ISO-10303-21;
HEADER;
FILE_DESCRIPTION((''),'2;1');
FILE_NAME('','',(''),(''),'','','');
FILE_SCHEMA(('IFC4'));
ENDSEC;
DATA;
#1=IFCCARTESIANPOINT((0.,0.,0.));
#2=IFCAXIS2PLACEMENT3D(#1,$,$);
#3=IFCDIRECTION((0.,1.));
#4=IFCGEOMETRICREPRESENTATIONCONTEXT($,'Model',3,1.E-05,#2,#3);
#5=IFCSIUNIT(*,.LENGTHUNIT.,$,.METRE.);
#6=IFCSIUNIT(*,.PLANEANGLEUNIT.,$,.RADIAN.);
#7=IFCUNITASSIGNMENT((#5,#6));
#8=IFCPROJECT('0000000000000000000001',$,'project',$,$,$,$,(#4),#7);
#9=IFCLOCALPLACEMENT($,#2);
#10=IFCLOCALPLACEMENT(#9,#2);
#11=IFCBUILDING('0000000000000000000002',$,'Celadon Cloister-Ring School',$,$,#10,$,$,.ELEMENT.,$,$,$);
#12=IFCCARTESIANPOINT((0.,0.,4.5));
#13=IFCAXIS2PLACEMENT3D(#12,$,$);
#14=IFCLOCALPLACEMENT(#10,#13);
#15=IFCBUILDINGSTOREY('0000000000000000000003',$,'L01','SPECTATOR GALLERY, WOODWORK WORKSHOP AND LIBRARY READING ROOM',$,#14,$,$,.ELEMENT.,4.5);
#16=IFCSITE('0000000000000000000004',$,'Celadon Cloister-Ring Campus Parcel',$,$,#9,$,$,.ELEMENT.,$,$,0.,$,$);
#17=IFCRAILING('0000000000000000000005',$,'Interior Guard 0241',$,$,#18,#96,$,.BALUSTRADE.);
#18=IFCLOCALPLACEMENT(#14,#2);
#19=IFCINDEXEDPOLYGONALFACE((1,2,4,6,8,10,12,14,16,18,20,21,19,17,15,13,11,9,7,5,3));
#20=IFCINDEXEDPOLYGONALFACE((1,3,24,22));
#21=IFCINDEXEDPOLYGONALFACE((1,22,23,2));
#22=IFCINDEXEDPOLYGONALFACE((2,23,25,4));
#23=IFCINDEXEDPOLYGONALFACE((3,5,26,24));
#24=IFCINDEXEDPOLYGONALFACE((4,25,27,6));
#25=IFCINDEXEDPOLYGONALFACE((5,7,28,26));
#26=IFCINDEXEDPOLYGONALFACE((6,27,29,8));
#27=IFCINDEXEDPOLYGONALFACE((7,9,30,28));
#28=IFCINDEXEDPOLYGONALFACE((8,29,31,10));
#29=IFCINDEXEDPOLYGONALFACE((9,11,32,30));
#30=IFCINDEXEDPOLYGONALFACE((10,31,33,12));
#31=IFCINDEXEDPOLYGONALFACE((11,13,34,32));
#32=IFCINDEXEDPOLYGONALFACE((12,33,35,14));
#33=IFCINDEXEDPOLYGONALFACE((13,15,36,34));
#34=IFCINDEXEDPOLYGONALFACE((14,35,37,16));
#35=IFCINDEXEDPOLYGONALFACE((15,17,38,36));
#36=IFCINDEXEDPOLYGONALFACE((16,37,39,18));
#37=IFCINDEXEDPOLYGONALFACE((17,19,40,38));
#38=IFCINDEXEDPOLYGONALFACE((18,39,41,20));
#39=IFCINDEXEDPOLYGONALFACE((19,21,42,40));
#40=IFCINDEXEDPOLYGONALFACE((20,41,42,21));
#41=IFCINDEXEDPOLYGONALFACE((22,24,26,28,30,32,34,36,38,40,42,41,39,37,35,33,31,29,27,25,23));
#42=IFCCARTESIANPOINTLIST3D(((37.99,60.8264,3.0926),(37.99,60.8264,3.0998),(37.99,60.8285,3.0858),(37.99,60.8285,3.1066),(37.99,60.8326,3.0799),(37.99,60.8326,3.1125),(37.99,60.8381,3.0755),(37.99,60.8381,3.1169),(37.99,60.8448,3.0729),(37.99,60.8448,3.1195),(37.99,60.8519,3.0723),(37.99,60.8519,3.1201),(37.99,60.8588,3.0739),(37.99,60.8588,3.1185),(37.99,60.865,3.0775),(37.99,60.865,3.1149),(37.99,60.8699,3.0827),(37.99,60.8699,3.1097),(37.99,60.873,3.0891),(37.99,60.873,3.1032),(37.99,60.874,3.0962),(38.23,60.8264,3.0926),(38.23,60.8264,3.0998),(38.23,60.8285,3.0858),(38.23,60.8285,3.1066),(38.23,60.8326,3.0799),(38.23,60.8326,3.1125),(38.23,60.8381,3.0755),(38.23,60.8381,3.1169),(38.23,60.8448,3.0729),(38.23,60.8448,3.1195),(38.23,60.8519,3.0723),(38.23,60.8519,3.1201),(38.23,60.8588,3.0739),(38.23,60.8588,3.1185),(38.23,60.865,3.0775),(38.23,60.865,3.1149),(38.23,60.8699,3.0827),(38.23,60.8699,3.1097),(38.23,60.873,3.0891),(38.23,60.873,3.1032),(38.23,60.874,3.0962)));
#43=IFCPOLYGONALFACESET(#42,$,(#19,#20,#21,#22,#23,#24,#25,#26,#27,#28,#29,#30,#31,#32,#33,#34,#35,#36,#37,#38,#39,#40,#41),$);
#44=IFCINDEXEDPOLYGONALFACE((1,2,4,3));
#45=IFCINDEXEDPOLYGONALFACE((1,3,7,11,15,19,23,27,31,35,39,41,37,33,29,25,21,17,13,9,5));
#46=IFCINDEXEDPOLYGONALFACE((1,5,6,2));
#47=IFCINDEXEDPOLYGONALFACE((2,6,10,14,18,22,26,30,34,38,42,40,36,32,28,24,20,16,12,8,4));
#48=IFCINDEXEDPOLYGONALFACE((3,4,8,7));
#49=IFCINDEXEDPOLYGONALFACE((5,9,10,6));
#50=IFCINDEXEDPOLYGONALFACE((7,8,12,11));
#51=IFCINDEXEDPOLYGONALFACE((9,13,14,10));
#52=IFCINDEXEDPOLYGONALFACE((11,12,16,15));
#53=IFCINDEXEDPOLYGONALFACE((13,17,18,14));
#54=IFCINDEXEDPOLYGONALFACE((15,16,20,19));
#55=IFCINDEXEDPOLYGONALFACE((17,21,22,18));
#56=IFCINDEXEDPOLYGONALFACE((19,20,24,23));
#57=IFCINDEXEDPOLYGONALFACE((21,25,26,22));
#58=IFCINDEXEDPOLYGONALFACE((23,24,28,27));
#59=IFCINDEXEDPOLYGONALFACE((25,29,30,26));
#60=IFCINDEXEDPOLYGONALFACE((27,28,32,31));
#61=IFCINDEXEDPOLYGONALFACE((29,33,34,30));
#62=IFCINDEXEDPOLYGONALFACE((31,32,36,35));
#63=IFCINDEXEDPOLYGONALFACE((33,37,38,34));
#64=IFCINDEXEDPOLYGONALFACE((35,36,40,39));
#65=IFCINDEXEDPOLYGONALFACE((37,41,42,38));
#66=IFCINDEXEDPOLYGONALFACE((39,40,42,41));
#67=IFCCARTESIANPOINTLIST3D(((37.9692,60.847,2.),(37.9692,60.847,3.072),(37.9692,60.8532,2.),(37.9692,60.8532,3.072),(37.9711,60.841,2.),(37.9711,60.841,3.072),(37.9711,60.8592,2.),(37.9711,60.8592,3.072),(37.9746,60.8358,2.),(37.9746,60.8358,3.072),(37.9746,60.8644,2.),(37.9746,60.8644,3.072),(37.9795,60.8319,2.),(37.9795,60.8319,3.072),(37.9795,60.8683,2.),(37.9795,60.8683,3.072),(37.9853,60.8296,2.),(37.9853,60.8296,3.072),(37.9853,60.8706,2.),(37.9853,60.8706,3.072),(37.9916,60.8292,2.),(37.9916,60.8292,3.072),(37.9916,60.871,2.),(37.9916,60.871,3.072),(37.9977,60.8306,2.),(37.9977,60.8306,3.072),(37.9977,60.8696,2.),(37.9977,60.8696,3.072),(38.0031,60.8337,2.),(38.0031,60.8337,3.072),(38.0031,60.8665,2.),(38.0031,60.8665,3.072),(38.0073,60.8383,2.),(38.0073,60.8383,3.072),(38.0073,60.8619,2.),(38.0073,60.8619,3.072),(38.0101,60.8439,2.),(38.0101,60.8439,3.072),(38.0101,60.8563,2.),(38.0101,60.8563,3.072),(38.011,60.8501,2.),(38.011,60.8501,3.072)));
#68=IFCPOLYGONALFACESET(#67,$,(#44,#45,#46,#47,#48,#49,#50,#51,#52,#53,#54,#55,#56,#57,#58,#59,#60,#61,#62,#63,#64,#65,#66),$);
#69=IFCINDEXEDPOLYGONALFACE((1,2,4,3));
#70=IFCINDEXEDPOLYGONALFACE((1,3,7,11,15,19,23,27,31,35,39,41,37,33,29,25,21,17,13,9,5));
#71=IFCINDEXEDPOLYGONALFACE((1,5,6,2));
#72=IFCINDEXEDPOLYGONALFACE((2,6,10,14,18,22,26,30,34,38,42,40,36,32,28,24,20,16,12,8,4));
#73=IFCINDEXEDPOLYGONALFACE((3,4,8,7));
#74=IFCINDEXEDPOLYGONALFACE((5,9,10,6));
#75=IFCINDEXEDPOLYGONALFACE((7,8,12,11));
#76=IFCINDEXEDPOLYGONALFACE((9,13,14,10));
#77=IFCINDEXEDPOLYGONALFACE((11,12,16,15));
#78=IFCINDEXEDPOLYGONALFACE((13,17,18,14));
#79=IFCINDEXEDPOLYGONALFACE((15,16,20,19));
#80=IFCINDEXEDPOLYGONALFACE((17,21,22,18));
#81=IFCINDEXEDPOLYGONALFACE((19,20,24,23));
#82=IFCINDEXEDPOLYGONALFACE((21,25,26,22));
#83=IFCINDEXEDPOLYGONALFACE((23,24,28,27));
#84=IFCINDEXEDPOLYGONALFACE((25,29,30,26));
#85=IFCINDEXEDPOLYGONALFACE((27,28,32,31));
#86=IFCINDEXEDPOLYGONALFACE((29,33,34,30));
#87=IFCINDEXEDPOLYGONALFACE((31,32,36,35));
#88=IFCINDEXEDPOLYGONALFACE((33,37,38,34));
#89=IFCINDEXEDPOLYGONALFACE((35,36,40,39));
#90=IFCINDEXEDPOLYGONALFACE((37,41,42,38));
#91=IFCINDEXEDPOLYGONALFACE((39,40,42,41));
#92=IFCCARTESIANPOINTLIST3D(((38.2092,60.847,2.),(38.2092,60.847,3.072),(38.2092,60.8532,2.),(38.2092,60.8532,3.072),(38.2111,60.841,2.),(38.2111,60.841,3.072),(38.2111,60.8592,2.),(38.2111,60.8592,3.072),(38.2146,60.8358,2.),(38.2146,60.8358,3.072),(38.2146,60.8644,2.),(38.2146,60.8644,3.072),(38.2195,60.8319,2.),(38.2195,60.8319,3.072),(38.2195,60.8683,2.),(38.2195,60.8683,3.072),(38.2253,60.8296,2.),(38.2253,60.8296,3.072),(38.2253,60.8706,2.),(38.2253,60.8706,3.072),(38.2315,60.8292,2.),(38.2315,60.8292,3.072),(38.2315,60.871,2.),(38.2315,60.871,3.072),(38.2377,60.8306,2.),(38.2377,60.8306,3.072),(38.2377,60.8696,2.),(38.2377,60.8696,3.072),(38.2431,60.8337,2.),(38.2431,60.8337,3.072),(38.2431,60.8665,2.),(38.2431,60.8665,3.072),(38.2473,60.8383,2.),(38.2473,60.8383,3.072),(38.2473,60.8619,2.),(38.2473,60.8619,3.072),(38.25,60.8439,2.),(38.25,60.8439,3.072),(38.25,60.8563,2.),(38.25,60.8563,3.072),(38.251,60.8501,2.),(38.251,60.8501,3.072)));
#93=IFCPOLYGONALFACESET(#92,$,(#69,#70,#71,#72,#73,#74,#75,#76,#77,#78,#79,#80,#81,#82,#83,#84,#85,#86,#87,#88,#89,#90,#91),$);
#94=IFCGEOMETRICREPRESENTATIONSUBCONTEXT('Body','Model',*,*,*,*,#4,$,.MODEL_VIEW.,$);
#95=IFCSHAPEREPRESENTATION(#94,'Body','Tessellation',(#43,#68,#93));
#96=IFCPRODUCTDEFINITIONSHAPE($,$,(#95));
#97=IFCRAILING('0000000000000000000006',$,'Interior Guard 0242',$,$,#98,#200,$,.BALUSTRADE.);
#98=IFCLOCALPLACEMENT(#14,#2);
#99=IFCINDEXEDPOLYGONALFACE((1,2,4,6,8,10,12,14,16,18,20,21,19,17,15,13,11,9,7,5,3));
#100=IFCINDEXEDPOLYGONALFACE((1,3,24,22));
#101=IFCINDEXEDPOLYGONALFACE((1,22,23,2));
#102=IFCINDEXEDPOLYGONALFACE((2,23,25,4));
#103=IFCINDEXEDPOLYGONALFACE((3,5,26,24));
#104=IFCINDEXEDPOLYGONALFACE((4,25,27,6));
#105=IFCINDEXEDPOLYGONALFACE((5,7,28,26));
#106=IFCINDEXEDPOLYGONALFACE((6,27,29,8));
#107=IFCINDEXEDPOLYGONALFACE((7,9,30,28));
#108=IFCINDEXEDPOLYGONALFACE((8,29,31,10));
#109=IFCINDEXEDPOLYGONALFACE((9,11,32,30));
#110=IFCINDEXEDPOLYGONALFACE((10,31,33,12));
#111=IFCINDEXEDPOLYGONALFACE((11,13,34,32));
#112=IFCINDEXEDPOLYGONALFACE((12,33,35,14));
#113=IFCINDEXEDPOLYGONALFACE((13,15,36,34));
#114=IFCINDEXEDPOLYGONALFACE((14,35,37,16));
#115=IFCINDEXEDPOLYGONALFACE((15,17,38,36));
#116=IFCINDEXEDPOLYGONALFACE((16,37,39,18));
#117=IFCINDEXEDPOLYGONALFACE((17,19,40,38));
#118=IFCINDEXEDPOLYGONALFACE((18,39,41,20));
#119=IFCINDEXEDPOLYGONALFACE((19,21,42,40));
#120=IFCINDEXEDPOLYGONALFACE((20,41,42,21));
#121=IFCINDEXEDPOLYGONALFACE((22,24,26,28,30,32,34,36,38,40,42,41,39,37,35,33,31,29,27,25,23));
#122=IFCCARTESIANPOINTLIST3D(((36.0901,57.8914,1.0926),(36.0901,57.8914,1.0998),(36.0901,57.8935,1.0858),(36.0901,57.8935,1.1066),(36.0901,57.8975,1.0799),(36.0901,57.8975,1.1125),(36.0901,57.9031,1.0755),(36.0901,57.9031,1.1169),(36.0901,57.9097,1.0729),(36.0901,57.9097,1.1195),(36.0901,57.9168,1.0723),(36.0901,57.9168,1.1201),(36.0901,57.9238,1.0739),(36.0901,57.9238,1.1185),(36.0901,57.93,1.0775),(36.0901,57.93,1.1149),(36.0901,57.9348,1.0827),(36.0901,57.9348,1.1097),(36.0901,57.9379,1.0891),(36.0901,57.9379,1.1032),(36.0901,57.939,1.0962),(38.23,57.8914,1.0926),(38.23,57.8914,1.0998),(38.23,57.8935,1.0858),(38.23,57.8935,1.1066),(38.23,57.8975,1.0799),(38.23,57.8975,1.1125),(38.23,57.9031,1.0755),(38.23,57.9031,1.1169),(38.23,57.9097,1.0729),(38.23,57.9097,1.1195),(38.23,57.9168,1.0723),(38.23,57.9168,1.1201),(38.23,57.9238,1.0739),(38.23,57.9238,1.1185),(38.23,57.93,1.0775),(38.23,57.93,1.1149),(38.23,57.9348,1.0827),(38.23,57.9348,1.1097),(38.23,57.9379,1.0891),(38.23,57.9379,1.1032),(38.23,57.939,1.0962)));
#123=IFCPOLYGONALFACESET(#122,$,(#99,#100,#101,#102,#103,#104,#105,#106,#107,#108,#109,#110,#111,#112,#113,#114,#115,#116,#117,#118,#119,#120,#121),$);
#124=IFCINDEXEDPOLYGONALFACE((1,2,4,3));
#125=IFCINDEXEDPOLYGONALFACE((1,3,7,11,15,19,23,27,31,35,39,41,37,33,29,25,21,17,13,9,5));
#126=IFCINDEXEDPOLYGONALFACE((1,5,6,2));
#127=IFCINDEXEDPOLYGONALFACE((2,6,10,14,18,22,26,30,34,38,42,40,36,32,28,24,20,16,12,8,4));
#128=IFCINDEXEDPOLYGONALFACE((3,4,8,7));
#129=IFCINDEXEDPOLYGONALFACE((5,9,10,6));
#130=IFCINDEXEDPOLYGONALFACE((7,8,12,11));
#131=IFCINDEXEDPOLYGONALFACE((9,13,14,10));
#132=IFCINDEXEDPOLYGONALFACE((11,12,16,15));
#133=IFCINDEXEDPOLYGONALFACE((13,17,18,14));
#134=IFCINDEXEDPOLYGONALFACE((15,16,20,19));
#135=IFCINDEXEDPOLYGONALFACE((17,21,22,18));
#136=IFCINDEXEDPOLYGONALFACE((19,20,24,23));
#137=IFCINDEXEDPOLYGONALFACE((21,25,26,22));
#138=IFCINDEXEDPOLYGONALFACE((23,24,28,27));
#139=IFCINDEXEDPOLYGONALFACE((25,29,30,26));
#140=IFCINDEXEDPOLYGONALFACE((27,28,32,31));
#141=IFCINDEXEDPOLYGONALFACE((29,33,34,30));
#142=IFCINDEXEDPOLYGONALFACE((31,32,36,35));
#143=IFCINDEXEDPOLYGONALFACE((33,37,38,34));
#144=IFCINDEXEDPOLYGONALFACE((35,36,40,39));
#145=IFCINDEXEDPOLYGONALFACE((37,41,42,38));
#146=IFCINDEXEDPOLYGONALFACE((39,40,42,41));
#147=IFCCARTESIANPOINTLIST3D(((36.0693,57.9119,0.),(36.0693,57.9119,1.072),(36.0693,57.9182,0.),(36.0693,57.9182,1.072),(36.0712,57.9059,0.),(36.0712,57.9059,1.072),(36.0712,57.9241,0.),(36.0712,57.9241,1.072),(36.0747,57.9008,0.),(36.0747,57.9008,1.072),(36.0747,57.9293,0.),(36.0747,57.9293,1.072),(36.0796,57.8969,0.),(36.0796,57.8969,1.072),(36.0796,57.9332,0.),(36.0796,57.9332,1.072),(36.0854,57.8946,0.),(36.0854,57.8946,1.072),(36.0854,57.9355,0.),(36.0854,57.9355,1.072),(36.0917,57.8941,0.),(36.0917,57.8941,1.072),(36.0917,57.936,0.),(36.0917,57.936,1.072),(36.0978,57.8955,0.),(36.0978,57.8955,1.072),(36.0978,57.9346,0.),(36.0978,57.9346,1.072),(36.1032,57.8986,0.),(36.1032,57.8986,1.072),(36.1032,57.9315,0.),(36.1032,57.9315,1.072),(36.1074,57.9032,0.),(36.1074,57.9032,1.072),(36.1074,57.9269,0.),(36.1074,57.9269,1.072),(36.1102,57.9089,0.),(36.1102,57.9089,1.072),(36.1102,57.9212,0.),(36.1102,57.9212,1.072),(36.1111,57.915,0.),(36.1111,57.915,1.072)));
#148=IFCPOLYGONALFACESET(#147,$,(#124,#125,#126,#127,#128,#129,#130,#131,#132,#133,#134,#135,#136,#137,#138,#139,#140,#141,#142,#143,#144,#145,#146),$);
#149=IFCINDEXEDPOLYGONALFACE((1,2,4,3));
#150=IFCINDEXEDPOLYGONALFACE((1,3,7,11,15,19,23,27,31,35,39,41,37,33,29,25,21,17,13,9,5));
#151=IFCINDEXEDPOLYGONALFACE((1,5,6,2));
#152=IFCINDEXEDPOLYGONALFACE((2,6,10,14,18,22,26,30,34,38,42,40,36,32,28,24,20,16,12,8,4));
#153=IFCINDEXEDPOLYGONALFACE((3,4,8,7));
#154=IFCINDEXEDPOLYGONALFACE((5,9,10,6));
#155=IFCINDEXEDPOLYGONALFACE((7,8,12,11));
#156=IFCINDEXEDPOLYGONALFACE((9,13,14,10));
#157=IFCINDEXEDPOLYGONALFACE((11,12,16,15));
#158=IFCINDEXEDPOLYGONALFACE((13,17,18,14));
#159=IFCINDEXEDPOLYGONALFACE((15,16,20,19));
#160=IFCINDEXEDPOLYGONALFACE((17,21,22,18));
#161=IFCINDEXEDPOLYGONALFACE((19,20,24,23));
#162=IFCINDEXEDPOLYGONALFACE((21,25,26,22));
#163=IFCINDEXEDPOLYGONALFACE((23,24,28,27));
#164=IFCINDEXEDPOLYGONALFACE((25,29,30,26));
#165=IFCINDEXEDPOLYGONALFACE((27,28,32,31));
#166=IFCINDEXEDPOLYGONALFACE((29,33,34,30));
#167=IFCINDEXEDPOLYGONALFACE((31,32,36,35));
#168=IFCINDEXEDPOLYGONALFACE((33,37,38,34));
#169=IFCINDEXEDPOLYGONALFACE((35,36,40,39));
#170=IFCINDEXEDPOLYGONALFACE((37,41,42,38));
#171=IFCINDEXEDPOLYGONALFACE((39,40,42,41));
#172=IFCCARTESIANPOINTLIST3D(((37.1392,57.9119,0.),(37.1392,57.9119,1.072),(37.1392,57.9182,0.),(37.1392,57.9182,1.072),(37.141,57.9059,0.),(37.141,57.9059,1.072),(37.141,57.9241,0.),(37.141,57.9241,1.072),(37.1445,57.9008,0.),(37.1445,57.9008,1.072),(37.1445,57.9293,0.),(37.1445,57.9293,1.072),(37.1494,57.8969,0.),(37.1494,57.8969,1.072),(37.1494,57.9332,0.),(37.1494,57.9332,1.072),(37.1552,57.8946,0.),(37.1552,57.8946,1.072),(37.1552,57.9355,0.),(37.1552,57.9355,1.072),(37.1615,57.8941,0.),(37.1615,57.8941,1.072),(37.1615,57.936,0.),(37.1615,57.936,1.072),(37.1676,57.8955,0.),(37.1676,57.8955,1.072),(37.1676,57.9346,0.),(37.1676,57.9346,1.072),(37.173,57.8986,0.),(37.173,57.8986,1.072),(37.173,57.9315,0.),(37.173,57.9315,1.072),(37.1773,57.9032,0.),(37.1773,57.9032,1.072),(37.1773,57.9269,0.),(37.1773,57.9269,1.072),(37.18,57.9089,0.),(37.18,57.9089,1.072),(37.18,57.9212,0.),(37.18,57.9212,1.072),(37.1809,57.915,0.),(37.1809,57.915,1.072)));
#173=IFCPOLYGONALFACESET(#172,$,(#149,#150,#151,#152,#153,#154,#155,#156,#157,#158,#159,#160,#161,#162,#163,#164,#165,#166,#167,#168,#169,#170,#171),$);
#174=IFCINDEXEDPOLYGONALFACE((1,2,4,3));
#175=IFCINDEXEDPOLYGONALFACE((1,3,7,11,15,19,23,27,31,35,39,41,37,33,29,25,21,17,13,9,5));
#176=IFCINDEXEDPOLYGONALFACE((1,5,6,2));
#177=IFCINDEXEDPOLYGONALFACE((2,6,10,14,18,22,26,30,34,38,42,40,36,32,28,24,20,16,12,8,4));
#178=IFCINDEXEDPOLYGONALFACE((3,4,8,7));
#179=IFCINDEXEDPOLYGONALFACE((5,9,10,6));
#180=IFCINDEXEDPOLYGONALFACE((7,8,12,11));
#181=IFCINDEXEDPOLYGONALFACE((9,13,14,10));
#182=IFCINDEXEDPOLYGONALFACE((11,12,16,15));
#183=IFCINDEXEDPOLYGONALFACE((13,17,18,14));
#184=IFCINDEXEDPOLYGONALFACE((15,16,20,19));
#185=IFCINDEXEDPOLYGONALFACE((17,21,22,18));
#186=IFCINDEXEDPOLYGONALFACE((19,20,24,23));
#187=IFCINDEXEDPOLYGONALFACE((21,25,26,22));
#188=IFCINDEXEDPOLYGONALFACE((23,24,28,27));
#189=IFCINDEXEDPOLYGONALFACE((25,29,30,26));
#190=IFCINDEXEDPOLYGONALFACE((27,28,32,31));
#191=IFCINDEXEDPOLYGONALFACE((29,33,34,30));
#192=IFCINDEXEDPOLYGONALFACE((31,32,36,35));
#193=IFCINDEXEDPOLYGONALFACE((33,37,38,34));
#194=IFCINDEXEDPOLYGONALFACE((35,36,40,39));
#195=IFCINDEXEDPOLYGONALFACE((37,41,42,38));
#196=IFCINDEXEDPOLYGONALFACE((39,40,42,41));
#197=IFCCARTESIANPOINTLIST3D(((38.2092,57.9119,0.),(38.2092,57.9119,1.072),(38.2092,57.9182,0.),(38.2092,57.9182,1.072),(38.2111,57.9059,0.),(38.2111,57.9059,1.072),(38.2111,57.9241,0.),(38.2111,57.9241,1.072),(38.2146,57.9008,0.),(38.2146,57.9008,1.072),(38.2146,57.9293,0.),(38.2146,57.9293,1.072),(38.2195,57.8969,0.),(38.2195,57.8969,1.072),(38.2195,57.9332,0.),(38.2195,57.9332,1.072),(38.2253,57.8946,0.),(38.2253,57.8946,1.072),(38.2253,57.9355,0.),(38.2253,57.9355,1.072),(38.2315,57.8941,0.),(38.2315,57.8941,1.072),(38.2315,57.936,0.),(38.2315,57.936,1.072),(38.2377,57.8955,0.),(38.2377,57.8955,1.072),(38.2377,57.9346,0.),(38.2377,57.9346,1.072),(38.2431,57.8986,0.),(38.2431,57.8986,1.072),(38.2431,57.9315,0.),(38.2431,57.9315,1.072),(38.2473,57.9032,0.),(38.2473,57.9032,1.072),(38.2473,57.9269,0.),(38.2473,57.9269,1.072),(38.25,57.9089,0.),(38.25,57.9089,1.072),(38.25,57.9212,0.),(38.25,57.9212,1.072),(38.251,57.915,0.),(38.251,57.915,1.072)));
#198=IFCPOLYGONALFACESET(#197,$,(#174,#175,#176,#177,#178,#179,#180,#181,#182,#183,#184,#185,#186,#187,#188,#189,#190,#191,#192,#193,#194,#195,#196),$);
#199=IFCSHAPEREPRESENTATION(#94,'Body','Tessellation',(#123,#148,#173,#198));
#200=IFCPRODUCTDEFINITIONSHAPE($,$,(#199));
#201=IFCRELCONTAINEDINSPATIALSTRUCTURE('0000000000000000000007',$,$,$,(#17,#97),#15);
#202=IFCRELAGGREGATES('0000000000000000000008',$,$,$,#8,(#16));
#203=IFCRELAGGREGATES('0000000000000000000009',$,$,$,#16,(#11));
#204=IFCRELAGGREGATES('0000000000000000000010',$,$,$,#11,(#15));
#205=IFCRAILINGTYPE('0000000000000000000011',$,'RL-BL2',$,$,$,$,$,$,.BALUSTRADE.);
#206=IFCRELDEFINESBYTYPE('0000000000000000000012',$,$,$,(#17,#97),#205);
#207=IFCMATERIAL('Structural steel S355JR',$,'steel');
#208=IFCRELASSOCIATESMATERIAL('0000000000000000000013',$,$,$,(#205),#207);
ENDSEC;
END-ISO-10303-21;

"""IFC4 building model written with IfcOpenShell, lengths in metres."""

from ifc_helpers import new_model, si_unit, direction, frame, origin, origin_2d, place, context, subcontext, project, spatial, circle, extrude, material, type_object, element, save


model = new_model("IFC4")

# Units and contexts
model_context = context("Model", 3, precision=1e-05, world=origin(), true_north=direction((0.0, 1.0)))
body_context = subcontext(model_context, "Body", "Model", "MODEL_VIEW")
ifc_project = project(units=[si_unit("LENGTHUNIT", "METRE"), si_unit("PLANEANGLEUNIT", "RADIAN")], contexts=[model_context])

# Site, building, storey
site_placement = place(None, origin())
site = spatial("IfcSite", under=ifc_project, at=site_placement, Name="Celadon Cloister-Ring Campus Parcel", CompositionType="ELEMENT", RefElevation=0.0)
building_placement = place(site_placement, origin())
building = spatial("IfcBuilding", under=site, at=building_placement, Name="Celadon Cloister-Ring School", CompositionType="ELEMENT")
storey_placement = place(building_placement, frame((0.0, 0.0, 4.5)))
storey = spatial("IfcBuildingStorey", under=building, at=storey_placement, Name="L01", Description="SPECTATOR GALLERY, WOODWORK WORKSHOP AND LIBRARY READING ROOM", CompositionType="ELEMENT", Elevation=4.5)

# Railings
ifc_material_1 = material(Name="Structural steel S355JR", Category="steel")
railing_type_1 = type_object("IfcRailingType", Name="RL-BL2", PredefinedType="BALUSTRADE", material=ifc_material_1)
railing_1_placement = place(storey_placement, frame((37.99, 60.8501, 2.0)))
element("IfcRailing", 1, at=railing_1_placement, inside=storey, type_object=railing_type_1, Name="Interior Guard 0241", PredefinedType="BALUSTRADE", context=body_context, shape_type="SweptSolid", body=[
    extrude(circle(Radius=0.0239, at=origin_2d()), frame((0.0, 0.0, 1.0962), z_axis=(1.0, 0.0, 0.0), x_axis=(0.0, 1.0, 0.0)), (0.0, 0.0, 1.0), 0.24),
    extrude(circle(Radius=0.021, at=origin_2d()), origin(), (0.0, 0.0, 1.0), 1.072),
    extrude(circle(Radius=0.021, at=origin_2d()), frame((0.24, 0.0, 0.0)), (0.0, 0.0, 1.0), 1.072),
])
railing_2_placement = place(storey_placement, frame((36.0901, 57.915, 0.0)))
element("IfcRailing", 2, at=railing_2_placement, inside=storey, type_object=railing_type_1, Name="Interior Guard 0242", PredefinedType="BALUSTRADE", context=body_context, shape_type="SweptSolid", body=[
    extrude(circle(Radius=0.0239, at=origin_2d()), frame((0.0, 0.0, 1.0962), z_axis=(1.0, 0.0, 0.0), x_axis=(0.0, 1.0, 0.0)), (0.0, 0.0, 1.0), 2.1399),
    extrude(circle(Radius=0.021, at=origin_2d()), origin(), (0.0, 0.0, 1.0), 1.072),
    extrude(circle(Radius=0.021, at=origin_2d()), frame((1.0698, 0.0, 0.0)), (0.0, 0.0, 1.0), 1.072),
    extrude(circle(Radius=0.021, at=origin_2d()), frame((2.1399, 0.0, 0.0)), (0.0, 0.0, 1.0), 1.072),
])

save(model, "model.ifc")
